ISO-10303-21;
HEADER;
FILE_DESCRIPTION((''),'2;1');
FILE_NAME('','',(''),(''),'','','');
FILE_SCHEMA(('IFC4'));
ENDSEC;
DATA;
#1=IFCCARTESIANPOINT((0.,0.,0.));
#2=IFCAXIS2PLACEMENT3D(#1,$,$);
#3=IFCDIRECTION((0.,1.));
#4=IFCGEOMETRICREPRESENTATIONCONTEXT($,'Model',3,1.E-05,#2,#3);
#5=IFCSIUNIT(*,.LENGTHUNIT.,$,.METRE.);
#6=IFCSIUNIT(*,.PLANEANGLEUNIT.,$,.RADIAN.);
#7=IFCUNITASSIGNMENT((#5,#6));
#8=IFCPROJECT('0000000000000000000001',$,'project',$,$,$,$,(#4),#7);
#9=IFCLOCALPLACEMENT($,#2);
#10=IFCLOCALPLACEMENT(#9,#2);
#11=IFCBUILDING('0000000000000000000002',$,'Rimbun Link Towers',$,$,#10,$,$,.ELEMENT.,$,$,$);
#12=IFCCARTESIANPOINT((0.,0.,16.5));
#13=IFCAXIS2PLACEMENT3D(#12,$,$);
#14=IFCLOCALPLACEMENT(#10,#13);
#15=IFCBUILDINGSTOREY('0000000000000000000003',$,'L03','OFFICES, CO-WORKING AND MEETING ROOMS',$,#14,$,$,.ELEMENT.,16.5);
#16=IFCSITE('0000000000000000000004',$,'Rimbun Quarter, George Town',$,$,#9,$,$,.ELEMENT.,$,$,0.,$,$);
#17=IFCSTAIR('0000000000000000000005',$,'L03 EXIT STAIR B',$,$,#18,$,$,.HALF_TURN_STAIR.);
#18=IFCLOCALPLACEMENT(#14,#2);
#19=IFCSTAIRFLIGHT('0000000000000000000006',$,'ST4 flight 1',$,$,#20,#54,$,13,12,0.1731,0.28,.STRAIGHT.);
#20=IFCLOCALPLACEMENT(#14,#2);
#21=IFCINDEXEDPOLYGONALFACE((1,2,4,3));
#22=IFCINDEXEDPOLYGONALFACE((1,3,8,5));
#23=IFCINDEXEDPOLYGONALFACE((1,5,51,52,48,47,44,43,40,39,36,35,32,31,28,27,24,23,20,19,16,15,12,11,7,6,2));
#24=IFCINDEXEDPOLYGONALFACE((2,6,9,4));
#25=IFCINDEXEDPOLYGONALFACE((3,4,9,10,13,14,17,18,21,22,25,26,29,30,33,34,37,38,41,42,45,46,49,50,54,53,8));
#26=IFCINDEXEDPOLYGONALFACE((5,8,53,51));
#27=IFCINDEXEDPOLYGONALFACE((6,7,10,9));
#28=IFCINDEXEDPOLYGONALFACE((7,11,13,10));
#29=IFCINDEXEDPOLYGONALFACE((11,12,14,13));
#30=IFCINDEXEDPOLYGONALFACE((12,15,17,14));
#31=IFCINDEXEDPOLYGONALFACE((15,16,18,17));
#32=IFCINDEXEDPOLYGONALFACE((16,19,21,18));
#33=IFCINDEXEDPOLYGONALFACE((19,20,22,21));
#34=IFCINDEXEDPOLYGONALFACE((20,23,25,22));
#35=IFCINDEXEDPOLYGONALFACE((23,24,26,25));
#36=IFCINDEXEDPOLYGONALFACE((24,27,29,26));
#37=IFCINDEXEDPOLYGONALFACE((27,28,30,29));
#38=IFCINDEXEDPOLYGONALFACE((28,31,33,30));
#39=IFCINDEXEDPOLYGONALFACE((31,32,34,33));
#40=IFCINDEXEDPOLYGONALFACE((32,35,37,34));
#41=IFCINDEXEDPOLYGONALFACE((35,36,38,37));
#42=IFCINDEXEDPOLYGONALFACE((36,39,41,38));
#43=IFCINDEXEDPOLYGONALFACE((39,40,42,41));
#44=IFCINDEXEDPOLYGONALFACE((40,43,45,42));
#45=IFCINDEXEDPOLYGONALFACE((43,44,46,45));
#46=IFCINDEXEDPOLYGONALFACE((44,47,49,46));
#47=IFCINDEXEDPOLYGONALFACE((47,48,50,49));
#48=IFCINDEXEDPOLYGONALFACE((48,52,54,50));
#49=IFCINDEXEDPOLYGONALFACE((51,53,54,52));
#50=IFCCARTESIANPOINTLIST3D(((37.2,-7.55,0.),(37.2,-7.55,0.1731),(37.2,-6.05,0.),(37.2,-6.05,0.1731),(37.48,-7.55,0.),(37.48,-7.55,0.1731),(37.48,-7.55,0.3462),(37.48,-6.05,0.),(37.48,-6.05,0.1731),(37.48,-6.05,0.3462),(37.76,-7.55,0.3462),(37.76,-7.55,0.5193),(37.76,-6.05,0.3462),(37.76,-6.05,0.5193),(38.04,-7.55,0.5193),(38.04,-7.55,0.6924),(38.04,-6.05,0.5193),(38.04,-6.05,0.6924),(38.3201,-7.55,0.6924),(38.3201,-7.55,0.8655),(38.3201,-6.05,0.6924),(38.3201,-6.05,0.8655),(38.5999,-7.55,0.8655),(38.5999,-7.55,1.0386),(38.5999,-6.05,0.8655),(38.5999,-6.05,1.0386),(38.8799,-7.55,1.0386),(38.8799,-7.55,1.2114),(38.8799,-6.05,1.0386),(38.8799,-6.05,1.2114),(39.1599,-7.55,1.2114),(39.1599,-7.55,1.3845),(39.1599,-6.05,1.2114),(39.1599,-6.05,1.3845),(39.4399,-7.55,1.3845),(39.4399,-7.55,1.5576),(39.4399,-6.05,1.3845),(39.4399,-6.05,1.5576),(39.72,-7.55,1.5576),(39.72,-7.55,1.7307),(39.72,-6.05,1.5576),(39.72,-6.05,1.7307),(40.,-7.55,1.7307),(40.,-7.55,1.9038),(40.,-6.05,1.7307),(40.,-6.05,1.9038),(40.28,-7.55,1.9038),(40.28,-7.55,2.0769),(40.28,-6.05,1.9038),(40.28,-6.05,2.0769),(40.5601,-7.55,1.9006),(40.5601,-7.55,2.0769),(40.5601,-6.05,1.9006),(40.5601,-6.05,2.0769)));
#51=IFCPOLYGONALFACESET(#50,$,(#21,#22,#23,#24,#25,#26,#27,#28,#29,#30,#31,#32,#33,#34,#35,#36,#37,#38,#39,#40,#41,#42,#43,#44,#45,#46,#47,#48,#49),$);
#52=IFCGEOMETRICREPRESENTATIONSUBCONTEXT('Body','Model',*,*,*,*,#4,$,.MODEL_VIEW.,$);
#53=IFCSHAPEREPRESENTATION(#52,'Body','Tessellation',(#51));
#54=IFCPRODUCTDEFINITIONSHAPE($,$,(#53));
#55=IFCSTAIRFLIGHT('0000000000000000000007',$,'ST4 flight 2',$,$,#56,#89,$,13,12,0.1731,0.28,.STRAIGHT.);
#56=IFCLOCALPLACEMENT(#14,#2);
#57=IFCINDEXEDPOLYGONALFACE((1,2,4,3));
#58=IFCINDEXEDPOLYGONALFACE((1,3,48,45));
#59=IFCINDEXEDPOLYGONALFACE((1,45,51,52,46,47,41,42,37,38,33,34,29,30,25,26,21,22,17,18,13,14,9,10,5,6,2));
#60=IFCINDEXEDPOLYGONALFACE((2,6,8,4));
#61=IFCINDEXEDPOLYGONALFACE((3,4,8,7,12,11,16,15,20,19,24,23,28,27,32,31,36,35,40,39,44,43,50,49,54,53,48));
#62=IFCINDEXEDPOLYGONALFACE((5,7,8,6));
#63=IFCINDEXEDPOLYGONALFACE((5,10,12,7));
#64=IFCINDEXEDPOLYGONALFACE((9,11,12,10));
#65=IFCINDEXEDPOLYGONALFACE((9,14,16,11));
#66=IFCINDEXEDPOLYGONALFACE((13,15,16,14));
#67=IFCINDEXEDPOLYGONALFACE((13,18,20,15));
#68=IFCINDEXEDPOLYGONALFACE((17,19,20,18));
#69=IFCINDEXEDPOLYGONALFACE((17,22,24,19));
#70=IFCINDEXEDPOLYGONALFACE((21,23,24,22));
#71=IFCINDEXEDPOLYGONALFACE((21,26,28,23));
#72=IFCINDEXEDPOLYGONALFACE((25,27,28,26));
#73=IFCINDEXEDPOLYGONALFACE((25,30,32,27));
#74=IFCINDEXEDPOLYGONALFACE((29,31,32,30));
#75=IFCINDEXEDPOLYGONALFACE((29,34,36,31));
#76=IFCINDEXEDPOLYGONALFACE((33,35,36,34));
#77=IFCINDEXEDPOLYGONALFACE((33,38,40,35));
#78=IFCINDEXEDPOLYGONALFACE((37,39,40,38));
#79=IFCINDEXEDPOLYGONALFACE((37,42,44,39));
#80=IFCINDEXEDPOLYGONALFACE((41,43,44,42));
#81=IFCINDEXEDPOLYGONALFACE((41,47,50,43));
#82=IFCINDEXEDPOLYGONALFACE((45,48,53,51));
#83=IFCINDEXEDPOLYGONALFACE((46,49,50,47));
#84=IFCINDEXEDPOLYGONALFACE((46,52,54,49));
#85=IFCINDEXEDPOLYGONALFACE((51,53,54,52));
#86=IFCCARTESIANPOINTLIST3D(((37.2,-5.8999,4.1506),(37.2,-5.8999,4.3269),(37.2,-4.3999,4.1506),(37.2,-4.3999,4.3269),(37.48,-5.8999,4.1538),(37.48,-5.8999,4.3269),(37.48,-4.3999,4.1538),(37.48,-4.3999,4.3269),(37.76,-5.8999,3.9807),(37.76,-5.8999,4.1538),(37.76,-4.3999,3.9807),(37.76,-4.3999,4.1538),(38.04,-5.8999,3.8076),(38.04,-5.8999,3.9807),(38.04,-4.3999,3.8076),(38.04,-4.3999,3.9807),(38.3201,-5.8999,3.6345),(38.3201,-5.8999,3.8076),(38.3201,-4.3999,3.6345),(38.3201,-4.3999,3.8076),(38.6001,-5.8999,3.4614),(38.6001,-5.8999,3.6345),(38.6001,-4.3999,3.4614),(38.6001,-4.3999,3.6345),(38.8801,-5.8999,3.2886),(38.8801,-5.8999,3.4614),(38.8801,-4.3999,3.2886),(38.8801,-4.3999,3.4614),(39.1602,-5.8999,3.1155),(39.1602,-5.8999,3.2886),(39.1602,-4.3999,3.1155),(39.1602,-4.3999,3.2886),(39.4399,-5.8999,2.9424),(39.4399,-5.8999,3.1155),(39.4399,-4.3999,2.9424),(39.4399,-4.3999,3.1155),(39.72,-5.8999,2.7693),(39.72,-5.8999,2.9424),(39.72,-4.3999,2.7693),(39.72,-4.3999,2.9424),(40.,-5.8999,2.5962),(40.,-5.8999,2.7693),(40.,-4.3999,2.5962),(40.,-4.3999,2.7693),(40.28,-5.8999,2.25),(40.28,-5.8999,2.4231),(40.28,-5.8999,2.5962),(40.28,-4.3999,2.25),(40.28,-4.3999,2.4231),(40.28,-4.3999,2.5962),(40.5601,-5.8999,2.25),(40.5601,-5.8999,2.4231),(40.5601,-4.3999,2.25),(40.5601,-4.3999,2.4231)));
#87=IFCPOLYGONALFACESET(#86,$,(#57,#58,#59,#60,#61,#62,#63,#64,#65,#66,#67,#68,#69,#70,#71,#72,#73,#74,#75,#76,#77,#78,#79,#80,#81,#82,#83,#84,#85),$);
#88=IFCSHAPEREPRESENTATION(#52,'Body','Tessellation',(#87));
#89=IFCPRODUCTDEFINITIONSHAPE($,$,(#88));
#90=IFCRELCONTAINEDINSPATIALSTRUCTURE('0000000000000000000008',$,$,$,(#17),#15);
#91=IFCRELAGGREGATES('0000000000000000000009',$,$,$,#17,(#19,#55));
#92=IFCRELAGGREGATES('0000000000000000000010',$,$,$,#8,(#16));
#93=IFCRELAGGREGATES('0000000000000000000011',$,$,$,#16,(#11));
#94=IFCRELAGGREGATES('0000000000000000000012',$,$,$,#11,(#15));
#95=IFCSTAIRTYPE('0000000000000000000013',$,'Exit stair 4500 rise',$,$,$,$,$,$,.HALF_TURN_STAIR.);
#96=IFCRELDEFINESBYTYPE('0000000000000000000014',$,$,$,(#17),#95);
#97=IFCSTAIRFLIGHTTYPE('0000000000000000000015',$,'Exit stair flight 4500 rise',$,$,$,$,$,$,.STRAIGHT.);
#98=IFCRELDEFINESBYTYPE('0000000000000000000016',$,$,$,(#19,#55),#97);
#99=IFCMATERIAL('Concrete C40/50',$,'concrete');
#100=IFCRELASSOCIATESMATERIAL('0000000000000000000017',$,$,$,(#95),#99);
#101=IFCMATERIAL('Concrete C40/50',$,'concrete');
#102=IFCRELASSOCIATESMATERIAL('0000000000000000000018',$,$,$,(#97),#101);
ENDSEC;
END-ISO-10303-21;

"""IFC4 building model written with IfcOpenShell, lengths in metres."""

from ifc_helpers import new_model, si_unit, direction, frame, origin, place, context, subcontext, project, spatial, polyline, outline, extrude, material, type_object, element, aggregate, save


model = new_model("IFC4")

# Units and contexts
model_context = context("Model", 3, precision=1e-05, world=origin(), true_north=direction((0.0, 1.0)))
body_context = subcontext(model_context, "Body", "Model", "MODEL_VIEW")
ifc_project = project(units=[si_unit("LENGTHUNIT", "METRE"), si_unit("PLANEANGLEUNIT", "RADIAN")], contexts=[model_context])

# Site, building, storey
site_placement = place(None, origin())
site = spatial("IfcSite", under=ifc_project, at=site_placement, Name="Rimbun Quarter, George Town", CompositionType="ELEMENT", RefElevation=0.0)
building_placement = place(site_placement, origin())
building = spatial("IfcBuilding", under=site, at=building_placement, Name="Rimbun Link Towers", CompositionType="ELEMENT")
storey_placement = place(building_placement, frame((0.0, 0.0, 16.5)))
storey = spatial("IfcBuildingStorey", under=building, at=storey_placement, Name="L03", Description="OFFICES, CO-WORKING AND MEETING ROOMS", CompositionType="ELEMENT", Elevation=16.5)

# Stair, stair flights
ifc_material_1 = material(Name="Concrete C40/50", Category="concrete")
stair_type = type_object("IfcStairType", Name="Exit stair 4500 rise", PredefinedType="HALF_TURN_STAIR", material=ifc_material_1)
stair_placement = place(storey_placement, origin())
stair = element("IfcStair", 1, at=stair_placement, inside=storey, type_object=stair_type, Name="L03 EXIT STAIR B", PredefinedType="HALF_TURN_STAIR")
ifc_material_2 = material(Name="Concrete C40/50", Category="concrete")
stair_flight_type = type_object("IfcStairFlightType", Name="Exit stair flight 4500 rise", PredefinedType="STRAIGHT", material=ifc_material_2)
stair_flight_1_placement = place(storey_placement, frame((37.2, -6.8, 0.0), z_axis=(0.0, 0.0, 1.0), x_axis=(1.0, 0.0, 0.0)))
stair_flight_1 = element("IfcStairFlight", 2, at=stair_flight_1_placement, type_object=stair_flight_type, Name="ST4 flight 1", NumberOfRisers=13, NumberOfTreads=12, PredefinedType="STRAIGHT", RiserHeight=0.1731, TreadLength=0.28, context=body_context, shape_type="SweptSolid", body=[
    extrude(outline(polyline([(0.0, 0.0), (0.0, 0.1731), (0.28, 0.1731), (0.28, 0.3462), (0.5601, 0.3462), (0.5601, 0.5193), (0.8401, 0.5193), (0.8401, 0.6924), (1.1201, 0.6924), (1.1201, 0.8655), (1.3999, 0.8655), (1.3999, 1.0386), (1.6799, 1.0386), (1.6799, 1.2114), (1.96, 1.2114), (1.96, 1.3845), (2.24, 1.3845), (2.24, 1.5576), (2.52, 1.5576), (2.52, 1.7307), (2.8, 1.7307), (2.8, 1.9038), (3.0801, 1.9038), (3.0801, 2.0769), (3.3601, 2.0769), (3.3601, 2.25), (3.3601, 1.9006), (0.28, 0.0), (0.0, 0.0)])), frame((0.0, 0.75, 0.0), z_axis=(0.0, -1.0, 0.0), x_axis=(1.0, 0.0, 0.0)), (0.0, 0.0, 1.0), 1.5),
])
stair_flight_2_placement = place(storey_placement, frame((40.5601, -5.1499, 2.25), z_axis=(0.0, 0.0, 1.0), x_axis=(-1.0, 0.0, 0.0)))
stair_flight_2 = element("IfcStairFlight", 3, at=stair_flight_2_placement, type_object=stair_flight_type, Name="ST4 flight 2", NumberOfRisers=13, NumberOfTreads=12, PredefinedType="STRAIGHT", RiserHeight=0.1731, TreadLength=0.28, context=body_context, shape_type="SweptSolid", body=[
    extrude(outline(polyline([(0.0, 0.0), (0.0, 0.1731), (0.28, 0.1731), (0.28, 0.3462), (0.5601, 0.3462), (0.5601, 0.5193), (0.8401, 0.5193), (0.8401, 0.6924), (1.1201, 0.6924), (1.1201, 0.8655), (1.3999, 0.8655), (1.3999, 1.0386), (1.6799, 1.0386), (1.6799, 1.2114), (1.96, 1.2114), (1.96, 1.3845), (2.24, 1.3845), (2.24, 1.5576), (2.52, 1.5576), (2.52, 1.7307), (2.8, 1.7307), (2.8, 1.9038), (3.0801, 1.9038), (3.0801, 2.0769), (3.3601, 2.0769), (3.3601, 2.25), (3.3601, 1.9006), (0.28, 0.0), (0.0, 0.0)])), frame((0.0, 0.75, 0.0), z_axis=(0.0, -1.0, 0.0), x_axis=(1.0, 0.0, 0.0)), (0.0, 0.0, 1.0), 1.5),
])
aggregate(stair, [stair_flight_1, stair_flight_2])

save(model, "model.ifc")
